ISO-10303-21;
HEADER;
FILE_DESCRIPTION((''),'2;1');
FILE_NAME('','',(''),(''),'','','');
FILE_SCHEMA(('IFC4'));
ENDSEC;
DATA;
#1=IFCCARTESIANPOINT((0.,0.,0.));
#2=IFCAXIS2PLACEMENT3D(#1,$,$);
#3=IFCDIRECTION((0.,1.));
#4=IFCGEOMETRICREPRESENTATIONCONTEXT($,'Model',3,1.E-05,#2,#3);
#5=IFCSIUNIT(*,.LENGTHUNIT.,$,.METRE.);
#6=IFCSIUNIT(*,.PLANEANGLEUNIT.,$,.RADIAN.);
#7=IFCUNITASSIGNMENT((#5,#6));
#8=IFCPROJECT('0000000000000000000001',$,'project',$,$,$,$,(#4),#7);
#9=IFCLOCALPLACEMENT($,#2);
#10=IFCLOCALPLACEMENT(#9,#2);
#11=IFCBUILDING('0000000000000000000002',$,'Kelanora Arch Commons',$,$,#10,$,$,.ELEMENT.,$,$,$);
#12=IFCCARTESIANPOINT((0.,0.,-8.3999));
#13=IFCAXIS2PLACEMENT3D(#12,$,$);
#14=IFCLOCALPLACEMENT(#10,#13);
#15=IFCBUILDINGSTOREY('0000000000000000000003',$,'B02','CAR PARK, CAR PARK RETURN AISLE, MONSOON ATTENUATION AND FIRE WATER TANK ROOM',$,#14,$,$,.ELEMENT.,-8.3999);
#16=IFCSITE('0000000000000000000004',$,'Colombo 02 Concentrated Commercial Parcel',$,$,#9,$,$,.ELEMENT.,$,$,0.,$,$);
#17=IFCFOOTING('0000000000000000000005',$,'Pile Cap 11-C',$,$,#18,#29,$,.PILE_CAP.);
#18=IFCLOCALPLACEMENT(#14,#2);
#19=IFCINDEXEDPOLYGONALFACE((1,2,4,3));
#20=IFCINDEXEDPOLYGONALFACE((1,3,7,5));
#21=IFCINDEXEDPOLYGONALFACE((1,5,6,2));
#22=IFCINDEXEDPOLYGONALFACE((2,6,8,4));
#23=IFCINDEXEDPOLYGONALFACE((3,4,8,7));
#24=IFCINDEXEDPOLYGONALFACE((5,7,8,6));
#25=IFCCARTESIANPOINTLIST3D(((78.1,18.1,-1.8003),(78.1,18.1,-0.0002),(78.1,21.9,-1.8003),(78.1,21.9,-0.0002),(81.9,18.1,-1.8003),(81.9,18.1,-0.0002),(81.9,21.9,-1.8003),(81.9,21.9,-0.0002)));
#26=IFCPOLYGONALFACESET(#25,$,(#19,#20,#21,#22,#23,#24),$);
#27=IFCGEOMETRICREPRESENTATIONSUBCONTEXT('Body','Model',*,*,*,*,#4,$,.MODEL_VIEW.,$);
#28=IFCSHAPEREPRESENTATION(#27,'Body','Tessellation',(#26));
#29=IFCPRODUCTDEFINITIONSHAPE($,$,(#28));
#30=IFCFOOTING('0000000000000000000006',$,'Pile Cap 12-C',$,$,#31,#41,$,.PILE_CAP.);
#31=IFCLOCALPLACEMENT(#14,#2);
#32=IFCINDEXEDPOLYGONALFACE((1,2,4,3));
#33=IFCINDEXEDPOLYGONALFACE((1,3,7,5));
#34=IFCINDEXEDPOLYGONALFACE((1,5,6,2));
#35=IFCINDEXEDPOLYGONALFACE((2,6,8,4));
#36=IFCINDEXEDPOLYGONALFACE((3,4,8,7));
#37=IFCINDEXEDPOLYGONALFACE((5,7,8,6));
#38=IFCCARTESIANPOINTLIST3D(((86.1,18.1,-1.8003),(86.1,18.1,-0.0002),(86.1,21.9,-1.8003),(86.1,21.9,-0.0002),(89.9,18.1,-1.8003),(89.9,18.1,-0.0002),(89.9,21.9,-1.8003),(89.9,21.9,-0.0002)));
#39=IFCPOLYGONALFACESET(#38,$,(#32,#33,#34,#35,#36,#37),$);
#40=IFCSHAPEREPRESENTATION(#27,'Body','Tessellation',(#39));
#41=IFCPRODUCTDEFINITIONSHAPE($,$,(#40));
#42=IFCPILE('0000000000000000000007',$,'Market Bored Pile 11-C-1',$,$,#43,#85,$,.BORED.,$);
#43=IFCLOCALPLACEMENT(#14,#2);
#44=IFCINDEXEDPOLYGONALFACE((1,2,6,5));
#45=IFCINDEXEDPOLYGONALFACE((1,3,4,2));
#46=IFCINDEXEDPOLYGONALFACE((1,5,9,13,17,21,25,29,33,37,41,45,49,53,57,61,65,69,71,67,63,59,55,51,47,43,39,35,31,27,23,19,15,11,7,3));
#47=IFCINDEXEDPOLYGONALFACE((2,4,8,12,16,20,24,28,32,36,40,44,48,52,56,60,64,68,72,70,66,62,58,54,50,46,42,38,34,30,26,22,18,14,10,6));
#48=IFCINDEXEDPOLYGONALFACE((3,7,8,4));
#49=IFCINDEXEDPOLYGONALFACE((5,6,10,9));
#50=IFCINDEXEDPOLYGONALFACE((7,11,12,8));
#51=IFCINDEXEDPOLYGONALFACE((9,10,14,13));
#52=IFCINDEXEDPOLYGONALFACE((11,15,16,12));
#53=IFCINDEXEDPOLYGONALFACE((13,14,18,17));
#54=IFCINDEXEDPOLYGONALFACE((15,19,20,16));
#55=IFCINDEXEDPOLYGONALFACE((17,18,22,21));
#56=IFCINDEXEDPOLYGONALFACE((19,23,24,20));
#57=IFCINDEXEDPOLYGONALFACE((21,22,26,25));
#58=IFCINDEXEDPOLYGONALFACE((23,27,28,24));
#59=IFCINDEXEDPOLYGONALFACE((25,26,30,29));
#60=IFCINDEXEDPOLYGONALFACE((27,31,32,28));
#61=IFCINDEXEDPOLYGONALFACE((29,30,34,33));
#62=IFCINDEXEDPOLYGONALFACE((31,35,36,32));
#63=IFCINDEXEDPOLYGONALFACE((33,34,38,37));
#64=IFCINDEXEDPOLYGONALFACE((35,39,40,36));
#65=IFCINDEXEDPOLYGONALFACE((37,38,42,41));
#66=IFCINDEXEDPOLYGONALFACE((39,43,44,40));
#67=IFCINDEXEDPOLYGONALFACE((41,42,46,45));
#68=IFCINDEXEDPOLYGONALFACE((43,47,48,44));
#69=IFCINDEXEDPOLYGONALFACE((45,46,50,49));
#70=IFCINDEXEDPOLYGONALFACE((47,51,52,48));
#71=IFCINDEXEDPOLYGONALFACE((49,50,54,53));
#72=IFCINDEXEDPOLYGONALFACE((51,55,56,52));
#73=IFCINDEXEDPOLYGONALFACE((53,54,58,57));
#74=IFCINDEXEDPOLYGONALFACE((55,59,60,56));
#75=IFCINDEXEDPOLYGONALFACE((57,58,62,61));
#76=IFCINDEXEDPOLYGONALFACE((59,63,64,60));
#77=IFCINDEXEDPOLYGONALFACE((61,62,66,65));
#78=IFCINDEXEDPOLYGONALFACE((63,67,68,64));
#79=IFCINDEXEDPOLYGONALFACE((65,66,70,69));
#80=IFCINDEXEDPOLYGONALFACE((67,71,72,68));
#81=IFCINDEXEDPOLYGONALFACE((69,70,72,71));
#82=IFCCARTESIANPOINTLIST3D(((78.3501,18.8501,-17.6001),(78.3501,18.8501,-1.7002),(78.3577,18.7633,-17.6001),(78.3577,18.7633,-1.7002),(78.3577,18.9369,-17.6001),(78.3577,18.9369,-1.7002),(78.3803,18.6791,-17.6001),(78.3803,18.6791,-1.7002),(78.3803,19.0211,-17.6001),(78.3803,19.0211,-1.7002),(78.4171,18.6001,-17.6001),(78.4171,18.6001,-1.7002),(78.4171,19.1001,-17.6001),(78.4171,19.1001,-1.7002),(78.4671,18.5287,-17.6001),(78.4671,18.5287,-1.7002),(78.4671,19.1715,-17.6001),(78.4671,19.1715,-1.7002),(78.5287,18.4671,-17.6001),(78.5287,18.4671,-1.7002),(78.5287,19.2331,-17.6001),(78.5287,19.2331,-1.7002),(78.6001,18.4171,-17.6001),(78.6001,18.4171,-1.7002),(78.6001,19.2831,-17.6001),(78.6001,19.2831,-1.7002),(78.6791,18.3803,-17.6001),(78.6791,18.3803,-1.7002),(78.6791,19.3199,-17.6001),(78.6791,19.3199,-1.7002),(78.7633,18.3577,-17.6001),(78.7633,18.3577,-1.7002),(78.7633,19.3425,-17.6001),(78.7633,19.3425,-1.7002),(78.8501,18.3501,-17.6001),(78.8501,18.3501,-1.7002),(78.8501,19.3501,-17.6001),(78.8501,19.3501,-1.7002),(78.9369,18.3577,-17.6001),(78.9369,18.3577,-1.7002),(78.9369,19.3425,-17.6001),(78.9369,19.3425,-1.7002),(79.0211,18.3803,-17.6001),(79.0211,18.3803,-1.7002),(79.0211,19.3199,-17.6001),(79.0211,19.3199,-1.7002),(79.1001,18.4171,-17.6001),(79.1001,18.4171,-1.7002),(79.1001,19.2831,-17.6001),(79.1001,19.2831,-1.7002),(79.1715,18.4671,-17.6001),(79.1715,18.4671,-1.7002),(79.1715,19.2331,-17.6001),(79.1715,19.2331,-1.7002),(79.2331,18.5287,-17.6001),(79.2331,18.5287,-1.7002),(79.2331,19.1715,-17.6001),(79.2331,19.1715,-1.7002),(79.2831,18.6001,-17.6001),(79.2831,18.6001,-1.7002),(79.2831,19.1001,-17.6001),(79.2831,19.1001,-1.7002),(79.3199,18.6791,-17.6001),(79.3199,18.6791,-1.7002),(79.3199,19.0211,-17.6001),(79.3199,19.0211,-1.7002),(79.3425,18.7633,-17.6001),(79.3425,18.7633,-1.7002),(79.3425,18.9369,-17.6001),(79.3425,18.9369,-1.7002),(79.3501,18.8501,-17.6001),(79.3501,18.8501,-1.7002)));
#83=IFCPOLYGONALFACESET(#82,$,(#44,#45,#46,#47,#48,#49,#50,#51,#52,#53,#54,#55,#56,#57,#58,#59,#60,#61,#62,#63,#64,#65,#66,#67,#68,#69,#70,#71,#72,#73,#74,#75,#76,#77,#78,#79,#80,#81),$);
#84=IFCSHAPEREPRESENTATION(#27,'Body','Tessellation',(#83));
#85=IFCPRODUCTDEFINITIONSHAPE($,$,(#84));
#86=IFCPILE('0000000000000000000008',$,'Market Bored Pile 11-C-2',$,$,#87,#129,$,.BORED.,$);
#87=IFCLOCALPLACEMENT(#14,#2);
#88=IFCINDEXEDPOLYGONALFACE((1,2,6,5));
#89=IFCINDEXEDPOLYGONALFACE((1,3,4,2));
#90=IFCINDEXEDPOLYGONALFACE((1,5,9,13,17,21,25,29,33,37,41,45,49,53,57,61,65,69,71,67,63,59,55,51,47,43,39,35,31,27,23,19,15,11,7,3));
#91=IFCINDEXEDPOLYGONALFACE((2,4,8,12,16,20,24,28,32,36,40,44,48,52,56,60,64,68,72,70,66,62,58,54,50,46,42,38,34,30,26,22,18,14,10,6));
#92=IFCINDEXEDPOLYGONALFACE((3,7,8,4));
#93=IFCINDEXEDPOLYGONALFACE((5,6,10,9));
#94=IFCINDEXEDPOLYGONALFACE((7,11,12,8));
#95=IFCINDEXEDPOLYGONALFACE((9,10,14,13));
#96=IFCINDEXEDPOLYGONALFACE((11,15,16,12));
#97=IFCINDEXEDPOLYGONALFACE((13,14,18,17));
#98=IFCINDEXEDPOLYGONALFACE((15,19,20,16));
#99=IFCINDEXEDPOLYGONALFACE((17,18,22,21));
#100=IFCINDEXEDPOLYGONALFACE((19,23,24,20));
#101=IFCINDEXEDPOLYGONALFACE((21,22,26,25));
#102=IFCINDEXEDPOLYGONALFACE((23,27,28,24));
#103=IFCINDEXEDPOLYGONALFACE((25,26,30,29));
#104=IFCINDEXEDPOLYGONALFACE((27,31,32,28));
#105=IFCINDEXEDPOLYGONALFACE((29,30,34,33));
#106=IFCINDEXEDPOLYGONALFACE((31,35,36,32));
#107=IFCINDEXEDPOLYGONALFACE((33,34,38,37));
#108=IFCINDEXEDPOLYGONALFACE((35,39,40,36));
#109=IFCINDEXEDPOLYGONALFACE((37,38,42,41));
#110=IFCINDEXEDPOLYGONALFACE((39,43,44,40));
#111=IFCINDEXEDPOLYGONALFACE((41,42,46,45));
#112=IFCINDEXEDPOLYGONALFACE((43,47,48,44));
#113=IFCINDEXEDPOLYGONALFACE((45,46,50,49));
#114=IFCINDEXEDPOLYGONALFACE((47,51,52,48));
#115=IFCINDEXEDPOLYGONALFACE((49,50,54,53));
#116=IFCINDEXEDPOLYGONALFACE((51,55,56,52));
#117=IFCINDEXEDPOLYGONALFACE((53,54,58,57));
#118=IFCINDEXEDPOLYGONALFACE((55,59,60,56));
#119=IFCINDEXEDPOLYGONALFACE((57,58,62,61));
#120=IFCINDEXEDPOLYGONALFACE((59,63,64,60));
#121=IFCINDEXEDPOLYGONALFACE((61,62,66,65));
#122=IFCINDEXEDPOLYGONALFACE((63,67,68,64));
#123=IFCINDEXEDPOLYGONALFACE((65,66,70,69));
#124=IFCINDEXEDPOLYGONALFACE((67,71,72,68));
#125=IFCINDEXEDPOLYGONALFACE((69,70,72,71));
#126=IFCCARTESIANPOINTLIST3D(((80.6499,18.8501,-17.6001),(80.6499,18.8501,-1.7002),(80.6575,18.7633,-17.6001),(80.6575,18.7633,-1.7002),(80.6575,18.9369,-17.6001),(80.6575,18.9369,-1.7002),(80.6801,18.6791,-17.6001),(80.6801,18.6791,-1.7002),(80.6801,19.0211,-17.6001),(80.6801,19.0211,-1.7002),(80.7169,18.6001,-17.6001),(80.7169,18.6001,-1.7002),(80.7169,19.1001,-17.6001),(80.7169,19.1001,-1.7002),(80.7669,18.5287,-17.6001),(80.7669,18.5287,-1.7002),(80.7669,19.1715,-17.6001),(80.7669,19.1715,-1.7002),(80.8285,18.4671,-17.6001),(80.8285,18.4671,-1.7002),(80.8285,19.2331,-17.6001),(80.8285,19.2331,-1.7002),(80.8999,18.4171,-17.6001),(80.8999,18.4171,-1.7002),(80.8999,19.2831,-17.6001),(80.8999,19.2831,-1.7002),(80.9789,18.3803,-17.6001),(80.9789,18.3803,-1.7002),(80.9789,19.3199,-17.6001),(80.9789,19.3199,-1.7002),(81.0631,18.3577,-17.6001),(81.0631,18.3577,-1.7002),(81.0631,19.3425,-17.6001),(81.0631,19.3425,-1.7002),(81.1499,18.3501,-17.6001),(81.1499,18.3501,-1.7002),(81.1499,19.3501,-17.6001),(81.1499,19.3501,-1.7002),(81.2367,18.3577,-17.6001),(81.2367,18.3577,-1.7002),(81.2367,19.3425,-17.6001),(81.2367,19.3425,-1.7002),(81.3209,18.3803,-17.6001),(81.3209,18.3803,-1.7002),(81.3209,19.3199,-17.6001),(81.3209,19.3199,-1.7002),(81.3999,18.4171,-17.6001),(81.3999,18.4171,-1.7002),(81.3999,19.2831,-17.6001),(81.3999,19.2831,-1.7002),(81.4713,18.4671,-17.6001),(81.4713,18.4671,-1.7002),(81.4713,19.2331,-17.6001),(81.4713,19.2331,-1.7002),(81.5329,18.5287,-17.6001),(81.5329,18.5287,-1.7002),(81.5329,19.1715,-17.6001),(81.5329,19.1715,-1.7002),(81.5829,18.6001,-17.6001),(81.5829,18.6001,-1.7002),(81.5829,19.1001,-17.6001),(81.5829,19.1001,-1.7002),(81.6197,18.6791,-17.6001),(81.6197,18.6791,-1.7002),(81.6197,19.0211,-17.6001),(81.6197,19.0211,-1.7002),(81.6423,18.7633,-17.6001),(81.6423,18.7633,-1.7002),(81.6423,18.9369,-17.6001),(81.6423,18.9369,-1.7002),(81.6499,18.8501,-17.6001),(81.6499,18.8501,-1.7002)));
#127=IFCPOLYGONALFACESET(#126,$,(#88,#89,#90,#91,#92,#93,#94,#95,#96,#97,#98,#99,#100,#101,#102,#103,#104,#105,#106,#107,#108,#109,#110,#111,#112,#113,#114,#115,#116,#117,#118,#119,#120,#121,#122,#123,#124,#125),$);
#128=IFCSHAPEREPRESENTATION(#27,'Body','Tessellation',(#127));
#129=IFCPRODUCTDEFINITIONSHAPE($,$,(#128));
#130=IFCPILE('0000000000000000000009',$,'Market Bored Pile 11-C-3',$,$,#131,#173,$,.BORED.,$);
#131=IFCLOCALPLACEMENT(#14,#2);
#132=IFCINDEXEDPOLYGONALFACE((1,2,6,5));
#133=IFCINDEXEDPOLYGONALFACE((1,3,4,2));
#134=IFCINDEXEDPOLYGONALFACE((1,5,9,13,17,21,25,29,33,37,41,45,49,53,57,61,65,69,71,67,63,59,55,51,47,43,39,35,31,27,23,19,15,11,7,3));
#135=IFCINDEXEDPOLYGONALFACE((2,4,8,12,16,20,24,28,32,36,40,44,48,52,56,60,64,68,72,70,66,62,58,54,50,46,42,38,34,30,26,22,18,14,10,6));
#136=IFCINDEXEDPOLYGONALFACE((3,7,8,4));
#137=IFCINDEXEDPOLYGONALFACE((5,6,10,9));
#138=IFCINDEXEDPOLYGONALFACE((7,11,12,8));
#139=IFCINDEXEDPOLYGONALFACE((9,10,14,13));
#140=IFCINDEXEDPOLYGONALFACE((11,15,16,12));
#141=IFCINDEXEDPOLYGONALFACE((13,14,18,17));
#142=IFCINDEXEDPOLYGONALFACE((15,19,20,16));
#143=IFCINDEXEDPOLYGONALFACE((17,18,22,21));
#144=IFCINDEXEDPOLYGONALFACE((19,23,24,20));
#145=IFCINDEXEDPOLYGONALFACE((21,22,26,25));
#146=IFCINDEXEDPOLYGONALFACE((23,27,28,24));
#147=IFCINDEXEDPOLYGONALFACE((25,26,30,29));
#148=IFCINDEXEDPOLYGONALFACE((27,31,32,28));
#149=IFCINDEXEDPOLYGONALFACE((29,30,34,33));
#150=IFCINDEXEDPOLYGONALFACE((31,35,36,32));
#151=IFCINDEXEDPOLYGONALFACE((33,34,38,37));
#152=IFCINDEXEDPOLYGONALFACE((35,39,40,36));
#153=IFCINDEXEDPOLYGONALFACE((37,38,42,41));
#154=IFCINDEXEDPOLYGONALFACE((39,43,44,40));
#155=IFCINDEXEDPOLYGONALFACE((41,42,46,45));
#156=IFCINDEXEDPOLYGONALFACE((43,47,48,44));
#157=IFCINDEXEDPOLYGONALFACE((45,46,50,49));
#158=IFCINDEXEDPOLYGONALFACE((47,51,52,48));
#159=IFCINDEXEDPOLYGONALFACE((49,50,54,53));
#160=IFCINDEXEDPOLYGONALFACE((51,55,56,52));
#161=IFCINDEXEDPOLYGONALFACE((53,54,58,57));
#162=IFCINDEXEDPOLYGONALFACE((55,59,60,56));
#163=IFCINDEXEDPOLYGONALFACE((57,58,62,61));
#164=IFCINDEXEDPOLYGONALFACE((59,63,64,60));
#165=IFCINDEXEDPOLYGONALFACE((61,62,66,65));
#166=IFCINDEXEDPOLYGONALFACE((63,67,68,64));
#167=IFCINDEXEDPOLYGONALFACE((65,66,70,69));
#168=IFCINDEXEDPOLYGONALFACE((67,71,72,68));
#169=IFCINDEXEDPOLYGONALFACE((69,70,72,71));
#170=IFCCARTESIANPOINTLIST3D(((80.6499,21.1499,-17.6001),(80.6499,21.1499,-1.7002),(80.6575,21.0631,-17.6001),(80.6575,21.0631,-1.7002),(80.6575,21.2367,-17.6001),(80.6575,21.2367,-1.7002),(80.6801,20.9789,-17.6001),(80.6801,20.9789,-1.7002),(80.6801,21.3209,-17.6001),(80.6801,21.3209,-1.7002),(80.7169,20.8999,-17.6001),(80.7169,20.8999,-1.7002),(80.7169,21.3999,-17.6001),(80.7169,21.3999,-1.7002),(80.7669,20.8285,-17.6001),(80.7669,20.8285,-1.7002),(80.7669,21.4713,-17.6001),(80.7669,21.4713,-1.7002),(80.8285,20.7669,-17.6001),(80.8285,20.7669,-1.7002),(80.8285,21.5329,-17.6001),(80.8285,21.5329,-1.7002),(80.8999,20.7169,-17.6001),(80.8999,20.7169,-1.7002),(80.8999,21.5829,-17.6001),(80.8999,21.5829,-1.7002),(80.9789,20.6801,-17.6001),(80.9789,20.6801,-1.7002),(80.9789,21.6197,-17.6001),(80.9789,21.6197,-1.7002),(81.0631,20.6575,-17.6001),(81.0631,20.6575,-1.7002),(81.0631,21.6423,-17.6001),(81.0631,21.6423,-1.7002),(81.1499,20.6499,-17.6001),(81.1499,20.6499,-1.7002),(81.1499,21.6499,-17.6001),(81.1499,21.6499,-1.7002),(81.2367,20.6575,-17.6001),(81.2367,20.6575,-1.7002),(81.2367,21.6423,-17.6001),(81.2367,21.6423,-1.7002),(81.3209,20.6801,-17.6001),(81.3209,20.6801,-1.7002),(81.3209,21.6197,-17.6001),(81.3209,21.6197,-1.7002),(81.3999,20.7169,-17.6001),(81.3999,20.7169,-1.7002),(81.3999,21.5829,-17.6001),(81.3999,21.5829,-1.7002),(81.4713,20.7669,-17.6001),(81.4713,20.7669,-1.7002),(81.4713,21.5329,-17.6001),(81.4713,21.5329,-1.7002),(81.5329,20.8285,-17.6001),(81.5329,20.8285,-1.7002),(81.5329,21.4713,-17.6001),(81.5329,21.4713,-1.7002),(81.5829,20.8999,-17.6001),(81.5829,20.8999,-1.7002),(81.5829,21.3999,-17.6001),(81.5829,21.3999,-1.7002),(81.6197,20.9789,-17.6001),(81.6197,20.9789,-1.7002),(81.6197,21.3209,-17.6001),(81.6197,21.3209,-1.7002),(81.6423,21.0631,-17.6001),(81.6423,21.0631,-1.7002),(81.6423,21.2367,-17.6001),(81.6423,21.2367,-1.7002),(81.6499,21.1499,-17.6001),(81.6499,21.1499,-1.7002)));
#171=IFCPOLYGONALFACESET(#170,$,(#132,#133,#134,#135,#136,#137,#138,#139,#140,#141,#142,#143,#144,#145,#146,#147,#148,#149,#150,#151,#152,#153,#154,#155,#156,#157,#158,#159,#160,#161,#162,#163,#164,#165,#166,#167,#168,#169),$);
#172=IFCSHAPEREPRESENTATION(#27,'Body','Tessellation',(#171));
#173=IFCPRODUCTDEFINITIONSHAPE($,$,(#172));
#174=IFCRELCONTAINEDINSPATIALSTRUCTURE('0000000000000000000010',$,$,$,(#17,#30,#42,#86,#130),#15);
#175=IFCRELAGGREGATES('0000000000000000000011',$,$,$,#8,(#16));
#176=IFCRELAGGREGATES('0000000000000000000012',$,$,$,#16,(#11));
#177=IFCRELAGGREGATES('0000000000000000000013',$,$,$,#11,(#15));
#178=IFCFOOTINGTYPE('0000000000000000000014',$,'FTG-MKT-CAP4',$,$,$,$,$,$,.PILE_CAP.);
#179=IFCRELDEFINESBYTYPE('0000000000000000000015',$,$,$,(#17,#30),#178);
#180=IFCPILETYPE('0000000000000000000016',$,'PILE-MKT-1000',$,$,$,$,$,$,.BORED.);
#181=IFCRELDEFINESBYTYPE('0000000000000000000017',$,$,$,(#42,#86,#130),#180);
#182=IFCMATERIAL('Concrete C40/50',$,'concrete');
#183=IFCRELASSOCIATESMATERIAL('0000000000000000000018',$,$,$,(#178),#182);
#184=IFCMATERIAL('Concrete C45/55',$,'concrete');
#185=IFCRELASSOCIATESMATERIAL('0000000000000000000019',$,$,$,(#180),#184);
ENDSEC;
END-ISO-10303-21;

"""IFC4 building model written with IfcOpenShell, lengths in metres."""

from ifc_helpers import new_model, si_unit, direction, frame, origin, origin_2d, place, context, subcontext, project, spatial, rectangle, circle, extrude, source, transform, mapped, material, material_profile, profile_set, type_object, element, save


model = new_model("IFC4")

# Units and contexts
model_context = context("Model", 3, precision=1e-05, world=origin(), true_north=direction((0.0, 1.0)))
body_context = subcontext(model_context, "Body", "Model", "MODEL_VIEW")
ifc_project = project(units=[si_unit("LENGTHUNIT", "METRE"), si_unit("PLANEANGLEUNIT", "RADIAN")], contexts=[model_context])

# Site, building, storey
site_placement = place(None, origin())
site = spatial("IfcSite", under=ifc_project, at=site_placement, Name="Colombo 02 Concentrated Commercial Parcel", CompositionType="ELEMENT", RefElevation=0.0)
building_placement = place(site_placement, origin())
building = spatial("IfcBuilding", under=site, at=building_placement, Name="Kelanora Arch Commons", CompositionType="ELEMENT")
storey_placement = place(building_placement, frame((0.0, 0.0, -8.3999)))
storey = spatial("IfcBuildingStorey", under=building, at=storey_placement, Name="B02", Description="CAR PARK, CAR PARK RETURN AISLE, MONSOON ATTENUATION AND FIRE WATER TANK ROOM", CompositionType="ELEMENT", Elevation=-8.3999)

# Footings
ifc_material_1 = material(Name="Concrete C40/50", Category="concrete")
footing_type_1 = type_object("IfcFootingType", Name="FTG-MKT-CAP4", PredefinedType="PILE_CAP", material=ifc_material_1)
shared_shape_1 = source(origin(), body_context, "Body", "SweptSolid", [
    extrude(rectangle(XDim=3.8, YDim=3.8, at=origin_2d()), origin(), (0.0, 0.0, 1.0), 1.8),
])
for number, where, z_axis, x_axis, name in (
    (1, (80.0, 20.0, -1.8003), (0.0, 0.0, 1.0), (1.0, 0.0, 0.0), "Pile Cap 11-C"),
    (2, (88.0, 20.0, -1.8003), (0.0, 0.0, 1.0), (1.0, 0.0, 0.0), "Pile Cap 12-C"),
):
    element("IfcFooting", number, at=place(storey_placement, frame(where, z_axis=z_axis, x_axis=x_axis)), inside=storey, type_object=footing_type_1, Name=name, PredefinedType="PILE_CAP", context=body_context, shape_type="MappedRepresentation", body=[
        mapped(shared_shape_1, transform((0.0, 0.0, 0.0), scale=1.0)),
    ])

# Piles
ifc_material_2 = material(Name="Concrete C45/55", Category="concrete")
ifc_material_profile_1 = material_profile(ifc_material_2, circle(Radius=0.5, at=origin_2d()), Name="PILE1000")
ifc_profile_set_1 = profile_set([ifc_material_profile_1], Name="Concrete C45/55")
pile_type = type_object("IfcPileType", Name="PILE-MKT-1000", PredefinedType="BORED", material=ifc_profile_set_1)
shared_shape_2 = source(origin(), body_context, "Body", "SweptSolid", [
    extrude(circle(Radius=0.5, at=origin_2d()), origin(), (0.0, 0.0, 1.0), 15.8999),
])
for number, where, z_axis, x_axis, name in (
    (3, (78.8501, 18.8501, -1.7002), (0.0, 0.0, -1.0), (1.0, 0.0, 0.0), "Market Bored Pile 11-C-1"),
    (4, (81.1499, 18.8501, -1.7002), (0.0, 0.0, -1.0), (1.0, 0.0, 0.0), "Market Bored Pile 11-C-2"),
    (5, (81.1499, 21.1499, -1.7002), (0.0, 0.0, -1.0), (1.0, 0.0, 0.0), "Market Bored Pile 11-C-3"),
):
    element("IfcPile", number, at=place(storey_placement, frame(where, z_axis=z_axis, x_axis=x_axis)), inside=storey, type_object=pile_type, Name=name, PredefinedType="BORED", context=body_context, shape_type="MappedRepresentation", body=[
        mapped(shared_shape_2, transform((0.0, 0.0, 0.0), scale=1.0)),
    ])

save(model, "model.ifc")
